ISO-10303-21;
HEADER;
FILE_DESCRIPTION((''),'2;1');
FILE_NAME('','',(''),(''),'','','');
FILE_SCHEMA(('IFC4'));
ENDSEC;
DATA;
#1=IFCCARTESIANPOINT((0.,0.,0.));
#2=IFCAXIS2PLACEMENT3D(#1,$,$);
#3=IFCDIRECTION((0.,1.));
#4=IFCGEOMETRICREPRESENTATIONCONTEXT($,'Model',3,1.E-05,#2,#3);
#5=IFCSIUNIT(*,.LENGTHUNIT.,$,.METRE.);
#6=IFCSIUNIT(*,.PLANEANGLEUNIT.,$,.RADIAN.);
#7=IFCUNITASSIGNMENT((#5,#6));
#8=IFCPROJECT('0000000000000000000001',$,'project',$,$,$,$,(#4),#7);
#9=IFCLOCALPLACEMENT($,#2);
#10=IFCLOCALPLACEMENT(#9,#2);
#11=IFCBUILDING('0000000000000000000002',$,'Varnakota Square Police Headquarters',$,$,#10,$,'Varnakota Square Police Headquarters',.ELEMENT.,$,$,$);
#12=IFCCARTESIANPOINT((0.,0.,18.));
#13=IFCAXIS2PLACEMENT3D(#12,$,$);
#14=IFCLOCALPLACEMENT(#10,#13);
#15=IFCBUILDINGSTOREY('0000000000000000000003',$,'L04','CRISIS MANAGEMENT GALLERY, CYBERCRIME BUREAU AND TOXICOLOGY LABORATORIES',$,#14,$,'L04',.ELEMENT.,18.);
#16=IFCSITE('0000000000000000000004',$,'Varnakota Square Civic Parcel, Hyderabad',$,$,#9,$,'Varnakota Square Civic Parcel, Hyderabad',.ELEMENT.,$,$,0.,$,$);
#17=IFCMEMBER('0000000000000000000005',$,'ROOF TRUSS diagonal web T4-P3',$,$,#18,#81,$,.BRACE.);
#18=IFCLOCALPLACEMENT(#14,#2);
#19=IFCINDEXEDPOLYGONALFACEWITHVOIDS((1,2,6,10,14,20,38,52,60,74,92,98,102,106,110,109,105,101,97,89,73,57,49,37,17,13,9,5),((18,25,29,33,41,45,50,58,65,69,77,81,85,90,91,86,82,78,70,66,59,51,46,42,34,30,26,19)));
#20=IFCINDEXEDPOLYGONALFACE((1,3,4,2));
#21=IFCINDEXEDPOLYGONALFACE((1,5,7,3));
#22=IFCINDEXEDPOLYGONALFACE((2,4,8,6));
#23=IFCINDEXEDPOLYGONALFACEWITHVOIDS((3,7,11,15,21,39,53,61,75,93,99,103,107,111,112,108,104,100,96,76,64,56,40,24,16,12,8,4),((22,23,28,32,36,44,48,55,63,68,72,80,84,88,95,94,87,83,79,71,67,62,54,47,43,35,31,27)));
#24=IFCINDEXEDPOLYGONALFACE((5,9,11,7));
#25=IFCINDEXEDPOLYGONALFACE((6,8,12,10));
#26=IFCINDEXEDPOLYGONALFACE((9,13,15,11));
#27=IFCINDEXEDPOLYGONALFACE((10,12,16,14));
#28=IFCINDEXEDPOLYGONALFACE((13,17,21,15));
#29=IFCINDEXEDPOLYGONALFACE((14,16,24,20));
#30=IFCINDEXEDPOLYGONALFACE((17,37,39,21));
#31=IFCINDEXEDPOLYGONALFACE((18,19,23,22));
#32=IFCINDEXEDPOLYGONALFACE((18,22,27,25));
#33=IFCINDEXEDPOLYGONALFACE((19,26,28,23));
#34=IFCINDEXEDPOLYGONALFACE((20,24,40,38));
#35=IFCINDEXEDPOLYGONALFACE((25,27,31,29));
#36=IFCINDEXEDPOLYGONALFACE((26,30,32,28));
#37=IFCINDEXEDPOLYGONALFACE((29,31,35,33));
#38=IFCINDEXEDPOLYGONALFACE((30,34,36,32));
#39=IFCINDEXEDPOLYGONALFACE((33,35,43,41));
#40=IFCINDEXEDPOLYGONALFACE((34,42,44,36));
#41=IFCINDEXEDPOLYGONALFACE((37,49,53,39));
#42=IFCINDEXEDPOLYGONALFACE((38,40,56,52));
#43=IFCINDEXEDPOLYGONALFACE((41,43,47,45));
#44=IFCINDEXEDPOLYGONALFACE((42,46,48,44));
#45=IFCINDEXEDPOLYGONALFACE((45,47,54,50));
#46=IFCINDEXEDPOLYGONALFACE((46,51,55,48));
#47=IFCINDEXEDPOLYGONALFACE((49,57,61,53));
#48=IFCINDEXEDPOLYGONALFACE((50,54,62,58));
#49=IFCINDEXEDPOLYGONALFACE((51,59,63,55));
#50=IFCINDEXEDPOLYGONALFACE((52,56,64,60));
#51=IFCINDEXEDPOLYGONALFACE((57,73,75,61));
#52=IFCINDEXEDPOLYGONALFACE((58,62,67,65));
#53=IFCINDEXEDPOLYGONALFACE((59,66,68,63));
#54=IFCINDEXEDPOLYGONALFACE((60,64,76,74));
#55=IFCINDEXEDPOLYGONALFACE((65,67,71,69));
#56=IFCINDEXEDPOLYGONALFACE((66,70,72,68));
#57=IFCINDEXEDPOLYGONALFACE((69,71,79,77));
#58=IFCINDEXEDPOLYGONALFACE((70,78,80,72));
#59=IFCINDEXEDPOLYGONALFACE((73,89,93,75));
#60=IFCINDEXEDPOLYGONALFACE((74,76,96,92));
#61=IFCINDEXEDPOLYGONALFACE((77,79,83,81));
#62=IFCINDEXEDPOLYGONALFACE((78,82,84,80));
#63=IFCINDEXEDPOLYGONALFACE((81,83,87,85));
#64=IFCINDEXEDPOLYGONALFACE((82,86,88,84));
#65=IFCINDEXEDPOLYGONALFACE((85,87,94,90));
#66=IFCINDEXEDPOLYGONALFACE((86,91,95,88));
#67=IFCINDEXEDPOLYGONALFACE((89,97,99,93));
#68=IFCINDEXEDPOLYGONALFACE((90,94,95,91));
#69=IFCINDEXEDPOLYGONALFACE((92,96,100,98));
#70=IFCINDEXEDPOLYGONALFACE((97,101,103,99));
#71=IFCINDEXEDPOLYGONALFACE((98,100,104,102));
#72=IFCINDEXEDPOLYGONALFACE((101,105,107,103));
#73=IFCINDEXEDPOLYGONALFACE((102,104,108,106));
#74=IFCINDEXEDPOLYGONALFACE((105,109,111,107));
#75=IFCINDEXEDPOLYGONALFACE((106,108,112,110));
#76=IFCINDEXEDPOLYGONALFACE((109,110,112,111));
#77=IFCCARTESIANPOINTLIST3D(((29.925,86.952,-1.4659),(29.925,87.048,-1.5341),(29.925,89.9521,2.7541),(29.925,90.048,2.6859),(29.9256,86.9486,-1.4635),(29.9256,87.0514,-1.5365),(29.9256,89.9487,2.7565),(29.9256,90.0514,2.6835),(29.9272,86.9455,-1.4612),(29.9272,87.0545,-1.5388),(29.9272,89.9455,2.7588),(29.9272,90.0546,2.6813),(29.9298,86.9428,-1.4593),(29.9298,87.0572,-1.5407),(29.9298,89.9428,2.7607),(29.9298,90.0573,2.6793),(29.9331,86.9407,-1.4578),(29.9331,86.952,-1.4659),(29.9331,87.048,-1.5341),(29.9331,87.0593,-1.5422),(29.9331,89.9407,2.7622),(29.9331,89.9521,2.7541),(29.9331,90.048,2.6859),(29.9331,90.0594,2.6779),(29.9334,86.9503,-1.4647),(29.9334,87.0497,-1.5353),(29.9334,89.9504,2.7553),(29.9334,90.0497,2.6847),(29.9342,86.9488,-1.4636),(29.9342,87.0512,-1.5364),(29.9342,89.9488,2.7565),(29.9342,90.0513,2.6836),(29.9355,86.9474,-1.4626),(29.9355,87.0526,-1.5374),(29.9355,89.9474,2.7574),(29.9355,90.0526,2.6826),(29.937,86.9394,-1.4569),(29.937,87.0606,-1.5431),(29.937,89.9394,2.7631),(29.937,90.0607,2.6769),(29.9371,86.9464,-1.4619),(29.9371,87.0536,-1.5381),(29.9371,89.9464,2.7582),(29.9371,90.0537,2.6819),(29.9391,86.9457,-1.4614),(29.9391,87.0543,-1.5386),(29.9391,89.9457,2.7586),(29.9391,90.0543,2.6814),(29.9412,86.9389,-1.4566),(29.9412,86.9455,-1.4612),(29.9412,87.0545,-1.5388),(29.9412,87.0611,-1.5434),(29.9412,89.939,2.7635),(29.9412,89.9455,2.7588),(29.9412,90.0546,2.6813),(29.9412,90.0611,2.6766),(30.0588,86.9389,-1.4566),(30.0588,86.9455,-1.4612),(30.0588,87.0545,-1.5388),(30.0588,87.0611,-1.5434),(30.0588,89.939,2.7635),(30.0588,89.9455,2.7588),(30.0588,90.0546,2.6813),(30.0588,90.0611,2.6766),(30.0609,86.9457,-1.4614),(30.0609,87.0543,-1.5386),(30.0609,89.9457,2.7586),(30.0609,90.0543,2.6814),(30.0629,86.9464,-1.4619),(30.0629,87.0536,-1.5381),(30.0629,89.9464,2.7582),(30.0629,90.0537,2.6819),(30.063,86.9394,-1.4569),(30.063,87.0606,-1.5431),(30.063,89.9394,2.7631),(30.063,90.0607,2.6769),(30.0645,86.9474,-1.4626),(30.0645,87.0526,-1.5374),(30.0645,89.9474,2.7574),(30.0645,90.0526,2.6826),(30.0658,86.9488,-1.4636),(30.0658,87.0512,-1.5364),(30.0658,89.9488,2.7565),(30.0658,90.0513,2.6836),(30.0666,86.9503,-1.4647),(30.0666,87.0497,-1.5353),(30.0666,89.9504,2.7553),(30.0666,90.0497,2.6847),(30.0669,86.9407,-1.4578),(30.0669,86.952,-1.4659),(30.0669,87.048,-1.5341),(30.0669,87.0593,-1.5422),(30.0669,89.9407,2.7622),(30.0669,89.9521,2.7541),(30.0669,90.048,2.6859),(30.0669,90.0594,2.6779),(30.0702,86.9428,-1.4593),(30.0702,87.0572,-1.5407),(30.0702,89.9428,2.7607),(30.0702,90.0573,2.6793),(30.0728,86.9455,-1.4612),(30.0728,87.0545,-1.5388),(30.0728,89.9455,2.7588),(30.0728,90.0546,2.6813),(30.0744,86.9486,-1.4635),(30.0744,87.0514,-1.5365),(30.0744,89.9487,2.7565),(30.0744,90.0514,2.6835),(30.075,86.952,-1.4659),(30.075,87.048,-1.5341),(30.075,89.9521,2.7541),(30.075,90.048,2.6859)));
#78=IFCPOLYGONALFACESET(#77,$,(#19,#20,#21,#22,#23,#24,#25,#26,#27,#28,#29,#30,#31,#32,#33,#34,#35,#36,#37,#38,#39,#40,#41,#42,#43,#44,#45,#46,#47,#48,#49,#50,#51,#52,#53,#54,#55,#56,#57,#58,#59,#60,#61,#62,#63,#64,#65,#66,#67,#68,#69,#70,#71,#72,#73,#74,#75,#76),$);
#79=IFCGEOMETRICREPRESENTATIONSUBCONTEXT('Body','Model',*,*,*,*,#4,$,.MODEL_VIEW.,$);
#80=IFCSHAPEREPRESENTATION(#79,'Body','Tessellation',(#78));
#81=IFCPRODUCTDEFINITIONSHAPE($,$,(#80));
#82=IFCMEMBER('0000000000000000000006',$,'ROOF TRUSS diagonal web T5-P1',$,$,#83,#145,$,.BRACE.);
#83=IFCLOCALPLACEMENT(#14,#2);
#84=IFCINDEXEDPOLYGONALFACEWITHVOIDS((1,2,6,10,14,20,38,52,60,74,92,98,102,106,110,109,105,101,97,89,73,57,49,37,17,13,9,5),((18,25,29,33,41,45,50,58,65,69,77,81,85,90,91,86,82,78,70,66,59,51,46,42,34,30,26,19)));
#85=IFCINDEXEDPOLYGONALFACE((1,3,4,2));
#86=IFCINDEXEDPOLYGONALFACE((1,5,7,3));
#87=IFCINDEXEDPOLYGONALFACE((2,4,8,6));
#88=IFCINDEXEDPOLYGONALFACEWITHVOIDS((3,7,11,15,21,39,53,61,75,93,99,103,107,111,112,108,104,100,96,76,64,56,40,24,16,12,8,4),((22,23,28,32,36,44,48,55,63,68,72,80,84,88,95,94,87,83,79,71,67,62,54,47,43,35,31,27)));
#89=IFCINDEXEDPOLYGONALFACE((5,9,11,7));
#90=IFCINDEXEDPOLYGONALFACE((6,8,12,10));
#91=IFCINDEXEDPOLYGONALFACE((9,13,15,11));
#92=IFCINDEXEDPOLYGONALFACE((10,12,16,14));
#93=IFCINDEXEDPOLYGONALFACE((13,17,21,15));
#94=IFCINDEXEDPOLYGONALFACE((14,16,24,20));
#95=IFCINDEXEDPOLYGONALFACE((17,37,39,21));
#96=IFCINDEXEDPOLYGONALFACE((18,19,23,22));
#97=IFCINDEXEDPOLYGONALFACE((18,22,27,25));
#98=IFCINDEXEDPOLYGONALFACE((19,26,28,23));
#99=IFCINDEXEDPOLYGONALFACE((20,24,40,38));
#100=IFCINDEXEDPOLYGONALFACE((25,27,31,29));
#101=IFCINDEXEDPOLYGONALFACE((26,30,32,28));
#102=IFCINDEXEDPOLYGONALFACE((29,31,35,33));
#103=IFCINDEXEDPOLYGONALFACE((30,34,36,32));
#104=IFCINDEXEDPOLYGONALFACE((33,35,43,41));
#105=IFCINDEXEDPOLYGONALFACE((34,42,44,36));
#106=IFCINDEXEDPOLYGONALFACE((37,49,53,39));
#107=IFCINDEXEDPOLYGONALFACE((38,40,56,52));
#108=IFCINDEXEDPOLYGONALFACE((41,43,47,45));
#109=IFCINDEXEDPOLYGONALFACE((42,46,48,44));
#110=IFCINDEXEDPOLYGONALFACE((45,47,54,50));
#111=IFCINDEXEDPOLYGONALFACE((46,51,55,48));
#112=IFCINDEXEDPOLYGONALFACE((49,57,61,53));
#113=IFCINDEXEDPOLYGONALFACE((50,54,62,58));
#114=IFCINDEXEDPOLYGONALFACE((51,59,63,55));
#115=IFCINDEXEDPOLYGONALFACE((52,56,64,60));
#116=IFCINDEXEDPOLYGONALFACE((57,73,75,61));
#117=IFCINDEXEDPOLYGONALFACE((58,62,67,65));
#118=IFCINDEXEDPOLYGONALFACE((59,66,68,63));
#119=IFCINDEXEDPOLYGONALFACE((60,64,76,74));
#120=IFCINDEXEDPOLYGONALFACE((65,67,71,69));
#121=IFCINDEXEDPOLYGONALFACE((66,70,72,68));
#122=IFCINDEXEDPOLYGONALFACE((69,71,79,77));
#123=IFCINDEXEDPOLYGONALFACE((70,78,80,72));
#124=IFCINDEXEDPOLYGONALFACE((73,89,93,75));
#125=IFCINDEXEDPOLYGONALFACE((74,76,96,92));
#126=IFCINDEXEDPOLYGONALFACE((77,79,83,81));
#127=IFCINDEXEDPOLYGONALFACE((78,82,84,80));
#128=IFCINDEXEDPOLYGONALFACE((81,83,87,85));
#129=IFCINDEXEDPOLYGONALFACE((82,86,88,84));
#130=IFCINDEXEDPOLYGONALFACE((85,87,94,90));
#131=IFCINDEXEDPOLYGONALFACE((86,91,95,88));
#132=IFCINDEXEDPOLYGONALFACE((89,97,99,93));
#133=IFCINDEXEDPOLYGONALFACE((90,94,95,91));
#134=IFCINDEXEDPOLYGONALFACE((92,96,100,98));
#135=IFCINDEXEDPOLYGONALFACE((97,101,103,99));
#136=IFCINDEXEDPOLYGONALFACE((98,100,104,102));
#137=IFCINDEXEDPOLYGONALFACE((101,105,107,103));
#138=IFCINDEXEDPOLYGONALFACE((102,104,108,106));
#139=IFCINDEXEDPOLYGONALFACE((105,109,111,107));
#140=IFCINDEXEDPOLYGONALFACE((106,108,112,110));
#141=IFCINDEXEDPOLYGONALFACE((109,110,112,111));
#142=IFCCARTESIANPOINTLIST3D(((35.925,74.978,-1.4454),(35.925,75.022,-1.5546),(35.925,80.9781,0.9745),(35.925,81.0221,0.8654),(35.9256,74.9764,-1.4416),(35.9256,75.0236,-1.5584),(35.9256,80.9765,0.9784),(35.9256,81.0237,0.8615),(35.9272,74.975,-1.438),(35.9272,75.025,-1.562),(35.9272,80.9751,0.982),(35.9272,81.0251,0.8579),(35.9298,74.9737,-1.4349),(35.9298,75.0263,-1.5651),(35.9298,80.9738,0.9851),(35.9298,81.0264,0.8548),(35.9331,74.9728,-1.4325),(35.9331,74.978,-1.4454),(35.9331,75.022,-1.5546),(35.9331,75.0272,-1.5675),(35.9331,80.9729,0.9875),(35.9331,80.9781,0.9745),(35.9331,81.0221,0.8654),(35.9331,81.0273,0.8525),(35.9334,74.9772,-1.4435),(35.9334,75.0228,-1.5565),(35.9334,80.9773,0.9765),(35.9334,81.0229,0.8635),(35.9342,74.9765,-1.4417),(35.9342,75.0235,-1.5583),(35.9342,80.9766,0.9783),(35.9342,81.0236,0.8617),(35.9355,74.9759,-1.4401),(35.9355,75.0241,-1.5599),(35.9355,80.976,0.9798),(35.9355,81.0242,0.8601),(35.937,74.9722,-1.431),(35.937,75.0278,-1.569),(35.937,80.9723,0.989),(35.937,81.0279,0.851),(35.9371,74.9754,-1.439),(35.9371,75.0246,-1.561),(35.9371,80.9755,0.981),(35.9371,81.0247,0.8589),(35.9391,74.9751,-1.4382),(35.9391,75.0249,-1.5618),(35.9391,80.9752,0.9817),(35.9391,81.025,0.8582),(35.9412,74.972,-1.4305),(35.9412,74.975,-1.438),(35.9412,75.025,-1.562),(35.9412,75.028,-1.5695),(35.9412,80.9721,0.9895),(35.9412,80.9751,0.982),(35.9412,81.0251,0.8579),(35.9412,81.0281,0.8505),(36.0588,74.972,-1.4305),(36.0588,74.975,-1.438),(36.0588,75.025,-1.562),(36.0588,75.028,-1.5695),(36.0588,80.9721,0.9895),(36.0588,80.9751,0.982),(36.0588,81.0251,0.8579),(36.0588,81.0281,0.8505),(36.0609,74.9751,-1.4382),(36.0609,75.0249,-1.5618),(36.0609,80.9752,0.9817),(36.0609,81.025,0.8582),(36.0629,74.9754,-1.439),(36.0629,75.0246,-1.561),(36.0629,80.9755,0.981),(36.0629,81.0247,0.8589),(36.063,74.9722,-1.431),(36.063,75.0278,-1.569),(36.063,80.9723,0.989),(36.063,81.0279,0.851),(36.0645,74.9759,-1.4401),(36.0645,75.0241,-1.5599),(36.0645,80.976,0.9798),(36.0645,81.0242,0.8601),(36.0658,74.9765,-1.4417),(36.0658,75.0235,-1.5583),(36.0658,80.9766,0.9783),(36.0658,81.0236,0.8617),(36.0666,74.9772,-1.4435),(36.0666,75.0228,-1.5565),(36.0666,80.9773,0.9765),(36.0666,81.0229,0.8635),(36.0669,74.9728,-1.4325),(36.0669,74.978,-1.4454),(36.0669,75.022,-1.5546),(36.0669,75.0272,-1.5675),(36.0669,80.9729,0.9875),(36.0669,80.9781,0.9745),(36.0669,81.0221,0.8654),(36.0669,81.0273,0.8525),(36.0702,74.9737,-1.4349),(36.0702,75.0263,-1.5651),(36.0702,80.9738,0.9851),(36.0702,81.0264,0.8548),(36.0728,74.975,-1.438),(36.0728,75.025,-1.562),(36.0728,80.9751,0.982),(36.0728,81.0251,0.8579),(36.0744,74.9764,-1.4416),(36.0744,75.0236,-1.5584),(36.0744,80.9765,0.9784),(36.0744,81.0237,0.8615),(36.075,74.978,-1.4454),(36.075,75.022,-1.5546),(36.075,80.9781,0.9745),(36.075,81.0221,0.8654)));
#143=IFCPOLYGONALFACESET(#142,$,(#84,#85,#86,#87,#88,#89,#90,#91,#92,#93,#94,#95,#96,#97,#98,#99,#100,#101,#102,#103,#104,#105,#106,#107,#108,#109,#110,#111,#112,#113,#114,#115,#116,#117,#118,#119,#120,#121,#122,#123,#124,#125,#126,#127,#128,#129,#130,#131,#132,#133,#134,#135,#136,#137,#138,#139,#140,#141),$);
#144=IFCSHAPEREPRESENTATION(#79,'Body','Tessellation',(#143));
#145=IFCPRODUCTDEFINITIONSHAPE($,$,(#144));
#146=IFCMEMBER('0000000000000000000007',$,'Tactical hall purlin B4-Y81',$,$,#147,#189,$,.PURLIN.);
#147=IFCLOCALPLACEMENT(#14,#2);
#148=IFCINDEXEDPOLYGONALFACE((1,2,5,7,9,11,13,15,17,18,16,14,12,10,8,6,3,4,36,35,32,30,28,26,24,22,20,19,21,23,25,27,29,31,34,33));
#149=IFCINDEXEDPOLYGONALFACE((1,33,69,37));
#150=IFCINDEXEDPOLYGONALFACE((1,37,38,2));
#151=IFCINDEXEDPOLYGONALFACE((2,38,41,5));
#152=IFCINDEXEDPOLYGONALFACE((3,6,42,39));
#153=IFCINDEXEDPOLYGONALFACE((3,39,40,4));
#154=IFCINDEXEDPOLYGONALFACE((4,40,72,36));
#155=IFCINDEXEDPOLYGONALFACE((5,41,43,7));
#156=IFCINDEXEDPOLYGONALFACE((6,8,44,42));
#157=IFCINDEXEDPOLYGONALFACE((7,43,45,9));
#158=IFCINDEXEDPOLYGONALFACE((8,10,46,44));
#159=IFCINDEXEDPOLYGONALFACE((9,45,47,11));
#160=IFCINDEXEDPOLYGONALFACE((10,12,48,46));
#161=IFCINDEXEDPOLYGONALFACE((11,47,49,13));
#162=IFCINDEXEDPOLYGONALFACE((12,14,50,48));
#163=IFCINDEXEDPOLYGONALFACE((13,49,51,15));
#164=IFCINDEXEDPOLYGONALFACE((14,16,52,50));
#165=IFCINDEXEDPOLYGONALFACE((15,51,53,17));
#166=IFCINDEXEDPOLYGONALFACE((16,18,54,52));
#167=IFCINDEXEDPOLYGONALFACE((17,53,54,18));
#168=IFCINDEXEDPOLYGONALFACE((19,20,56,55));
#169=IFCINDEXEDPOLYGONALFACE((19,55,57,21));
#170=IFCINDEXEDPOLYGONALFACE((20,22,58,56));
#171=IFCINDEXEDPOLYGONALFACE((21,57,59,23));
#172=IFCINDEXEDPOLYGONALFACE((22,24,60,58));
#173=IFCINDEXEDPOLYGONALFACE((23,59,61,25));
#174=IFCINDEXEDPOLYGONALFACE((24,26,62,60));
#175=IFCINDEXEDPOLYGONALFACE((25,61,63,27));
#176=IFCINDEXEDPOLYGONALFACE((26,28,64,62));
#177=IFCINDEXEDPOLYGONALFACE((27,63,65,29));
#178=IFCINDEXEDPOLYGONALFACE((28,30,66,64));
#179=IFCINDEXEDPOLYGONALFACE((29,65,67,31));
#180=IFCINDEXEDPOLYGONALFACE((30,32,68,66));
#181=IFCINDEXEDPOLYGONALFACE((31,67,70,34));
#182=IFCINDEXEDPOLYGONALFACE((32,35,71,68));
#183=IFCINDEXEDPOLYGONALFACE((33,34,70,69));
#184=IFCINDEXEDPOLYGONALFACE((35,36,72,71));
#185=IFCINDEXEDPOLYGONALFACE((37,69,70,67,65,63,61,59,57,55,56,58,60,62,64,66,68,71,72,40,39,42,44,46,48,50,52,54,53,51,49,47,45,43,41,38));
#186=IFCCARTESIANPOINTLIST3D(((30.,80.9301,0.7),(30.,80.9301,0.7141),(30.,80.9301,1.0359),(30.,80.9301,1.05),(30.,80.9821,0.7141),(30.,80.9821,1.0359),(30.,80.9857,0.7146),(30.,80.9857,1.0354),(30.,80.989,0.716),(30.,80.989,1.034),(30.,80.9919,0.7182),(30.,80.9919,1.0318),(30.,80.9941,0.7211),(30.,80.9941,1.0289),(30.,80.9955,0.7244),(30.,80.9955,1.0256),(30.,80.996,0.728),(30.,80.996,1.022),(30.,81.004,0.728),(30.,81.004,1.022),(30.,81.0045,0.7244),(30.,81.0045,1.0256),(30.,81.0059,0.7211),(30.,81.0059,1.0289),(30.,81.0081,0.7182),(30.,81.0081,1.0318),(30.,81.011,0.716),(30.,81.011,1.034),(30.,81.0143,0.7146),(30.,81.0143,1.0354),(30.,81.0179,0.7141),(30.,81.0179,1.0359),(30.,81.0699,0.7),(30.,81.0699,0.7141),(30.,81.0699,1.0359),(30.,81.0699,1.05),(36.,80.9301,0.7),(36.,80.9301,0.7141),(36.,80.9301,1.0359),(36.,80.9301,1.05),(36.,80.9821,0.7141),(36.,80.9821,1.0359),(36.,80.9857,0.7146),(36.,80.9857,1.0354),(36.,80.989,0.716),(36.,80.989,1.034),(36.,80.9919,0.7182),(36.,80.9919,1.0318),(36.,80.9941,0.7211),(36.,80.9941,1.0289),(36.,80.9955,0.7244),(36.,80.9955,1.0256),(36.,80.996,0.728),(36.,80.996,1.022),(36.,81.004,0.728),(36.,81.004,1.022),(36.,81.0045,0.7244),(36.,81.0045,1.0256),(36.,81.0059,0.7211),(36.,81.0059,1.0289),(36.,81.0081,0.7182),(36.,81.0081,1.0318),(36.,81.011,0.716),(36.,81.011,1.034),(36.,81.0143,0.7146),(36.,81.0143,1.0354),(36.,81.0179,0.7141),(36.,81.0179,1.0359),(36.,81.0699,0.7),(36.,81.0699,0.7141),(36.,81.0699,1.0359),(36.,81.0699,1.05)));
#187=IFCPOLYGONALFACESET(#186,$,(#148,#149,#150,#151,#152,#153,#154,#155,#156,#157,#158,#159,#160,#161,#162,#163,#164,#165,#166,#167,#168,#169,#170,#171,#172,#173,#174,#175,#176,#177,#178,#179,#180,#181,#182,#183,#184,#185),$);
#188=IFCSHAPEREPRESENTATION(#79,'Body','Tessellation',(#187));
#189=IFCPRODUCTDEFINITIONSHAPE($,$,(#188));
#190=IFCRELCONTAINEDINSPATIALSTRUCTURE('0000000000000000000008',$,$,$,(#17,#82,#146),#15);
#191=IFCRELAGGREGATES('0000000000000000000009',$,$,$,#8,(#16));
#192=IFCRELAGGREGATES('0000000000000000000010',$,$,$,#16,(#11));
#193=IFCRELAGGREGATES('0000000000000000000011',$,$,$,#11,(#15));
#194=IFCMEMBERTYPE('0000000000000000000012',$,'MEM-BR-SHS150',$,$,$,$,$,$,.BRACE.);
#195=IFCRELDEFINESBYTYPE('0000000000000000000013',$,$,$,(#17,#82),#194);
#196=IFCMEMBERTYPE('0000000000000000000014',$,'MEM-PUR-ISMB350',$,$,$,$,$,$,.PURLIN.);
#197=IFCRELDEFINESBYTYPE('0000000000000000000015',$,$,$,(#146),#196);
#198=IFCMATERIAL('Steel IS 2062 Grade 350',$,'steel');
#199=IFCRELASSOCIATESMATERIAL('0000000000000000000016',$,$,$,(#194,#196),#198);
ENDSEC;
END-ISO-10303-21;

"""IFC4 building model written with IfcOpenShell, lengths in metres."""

from ifc_helpers import new_model, si_unit, direction, frame, origin, origin_2d, place, context, subcontext, project, spatial, hollow_rectangle, i_section, extrude, material, material_profile, profile_set, type_object, element, save


model = new_model("IFC4")

# Units and contexts
model_context = context("Model", 3, precision=1e-05, world=origin(), true_north=direction((0.0, 1.0)))
body_context = subcontext(model_context, "Body", "Model", "MODEL_VIEW")
ifc_project = project(units=[si_unit("LENGTHUNIT", "METRE"), si_unit("PLANEANGLEUNIT", "RADIAN")], contexts=[model_context])

# Site, building, storey
site_placement = place(None, origin())
site = spatial("IfcSite", under=ifc_project, at=site_placement, Name="Varnakota Square Civic Parcel, Hyderabad", LongName="Varnakota Square Civic Parcel, Hyderabad", CompositionType="ELEMENT", RefElevation=0.0)
building_placement = place(site_placement, origin())
building = spatial("IfcBuilding", under=site, at=building_placement, Name="Varnakota Square Police Headquarters", LongName="Varnakota Square Police Headquarters", CompositionType="ELEMENT")
storey_placement = place(building_placement, frame((0.0, 0.0, 18.0)))
storey = spatial("IfcBuildingStorey", under=building, at=storey_placement, Name="L04", Description="CRISIS MANAGEMENT GALLERY, CYBERCRIME BUREAU AND TOXICOLOGY LABORATORIES", LongName="L04", CompositionType="ELEMENT", Elevation=18.0)

# Shared definitions
ifc_material_1 = material(Name="Steel IS 2062 Grade 350", Category="steel")

# Members
ifc_material_profile_1 = material_profile(ifc_material_1, hollow_rectangle(XDim=0.1499, YDim=0.1499, WallThickness=0.0081, InnerFilletRadius=0.0081, OuterFilletRadius=0.0161, at=origin_2d()), Name="SHS 150x150x8")
ifc_profile_set_1 = profile_set([ifc_material_profile_1], Name="Steel IS 2062 Grade 350")
member_type_1 = type_object("IfcMemberType", Name="MEM-BR-SHS150", PredefinedType="BRACE", material=ifc_profile_set_1)
member_1_placement = place(storey_placement, frame((30.0, 87.0, -1.5), z_axis=(0.0, 0.579412, 0.815034), x_axis=(-1.0, 0.0, 0.0)))
element("IfcMember", 1, at=member_1_placement, inside=storey, type_object=member_type_1, Name="ROOF TRUSS diagonal web T4-P3", PredefinedType="BRACE", context=body_context, shape_type="SweptSolid", body=[
    extrude(hollow_rectangle(XDim=0.1499, YDim=0.1499, WallThickness=0.0081, InnerFilletRadius=0.0081, OuterFilletRadius=0.0161, at=origin_2d()), origin(), (0.0, 0.0, 1.0), 5.1777),
])
member_2_placement = place(storey_placement, frame((36.0, 75.0, -1.5), z_axis=(0.0, 0.927411, 0.374044), x_axis=(-1.0, 0.0, 0.0)))
element("IfcMember", 2, at=member_2_placement, inside=storey, type_object=member_type_1, Name="ROOF TRUSS diagonal web T5-P1", PredefinedType="BRACE", context=body_context, shape_type="SweptSolid", body=[
    extrude(hollow_rectangle(XDim=0.1499, YDim=0.1499, WallThickness=0.0081, InnerFilletRadius=0.0081, OuterFilletRadius=0.0161, at=origin_2d()), origin(), (0.0, 0.0, 1.0), 6.4697),
])
ifc_material_profile_2 = material_profile(ifc_material_1, i_section(OverallWidth=0.1399, OverallDepth=0.3501, WebThickness=0.0081, FlangeThickness=0.0142, FilletRadius=0.0139, at=origin_2d()), Name="ISMB 350")
ifc_profile_set_2 = profile_set([ifc_material_profile_2], Name="Steel IS 2062 Grade 350")
member_type_2 = type_object("IfcMemberType", Name="MEM-PUR-ISMB350", PredefinedType="PURLIN", material=ifc_profile_set_2)
for number, where, z_axis, x_axis, name in (
    (3, (30.0, 81.0, 0.875), (1.0, 0.0, 0.0), (0.0, 1.0, 0.0), "Tactical hall purlin B4-Y81"),
):
    element("IfcMember", number, at=place(storey_placement, frame(where, z_axis=z_axis, x_axis=x_axis)), inside=storey, type_object=member_type_2, Name=name, PredefinedType="PURLIN", context=body_context, shape_type="SweptSolid", body=[
        extrude(i_section(OverallWidth=0.1399, OverallDepth=0.3501, WebThickness=0.0081, FlangeThickness=0.0142, FilletRadius=0.0139, at=origin_2d()), origin(), (0.0, 0.0, 1.0), 6.0),
    ])

save(model, "model.ifc")
